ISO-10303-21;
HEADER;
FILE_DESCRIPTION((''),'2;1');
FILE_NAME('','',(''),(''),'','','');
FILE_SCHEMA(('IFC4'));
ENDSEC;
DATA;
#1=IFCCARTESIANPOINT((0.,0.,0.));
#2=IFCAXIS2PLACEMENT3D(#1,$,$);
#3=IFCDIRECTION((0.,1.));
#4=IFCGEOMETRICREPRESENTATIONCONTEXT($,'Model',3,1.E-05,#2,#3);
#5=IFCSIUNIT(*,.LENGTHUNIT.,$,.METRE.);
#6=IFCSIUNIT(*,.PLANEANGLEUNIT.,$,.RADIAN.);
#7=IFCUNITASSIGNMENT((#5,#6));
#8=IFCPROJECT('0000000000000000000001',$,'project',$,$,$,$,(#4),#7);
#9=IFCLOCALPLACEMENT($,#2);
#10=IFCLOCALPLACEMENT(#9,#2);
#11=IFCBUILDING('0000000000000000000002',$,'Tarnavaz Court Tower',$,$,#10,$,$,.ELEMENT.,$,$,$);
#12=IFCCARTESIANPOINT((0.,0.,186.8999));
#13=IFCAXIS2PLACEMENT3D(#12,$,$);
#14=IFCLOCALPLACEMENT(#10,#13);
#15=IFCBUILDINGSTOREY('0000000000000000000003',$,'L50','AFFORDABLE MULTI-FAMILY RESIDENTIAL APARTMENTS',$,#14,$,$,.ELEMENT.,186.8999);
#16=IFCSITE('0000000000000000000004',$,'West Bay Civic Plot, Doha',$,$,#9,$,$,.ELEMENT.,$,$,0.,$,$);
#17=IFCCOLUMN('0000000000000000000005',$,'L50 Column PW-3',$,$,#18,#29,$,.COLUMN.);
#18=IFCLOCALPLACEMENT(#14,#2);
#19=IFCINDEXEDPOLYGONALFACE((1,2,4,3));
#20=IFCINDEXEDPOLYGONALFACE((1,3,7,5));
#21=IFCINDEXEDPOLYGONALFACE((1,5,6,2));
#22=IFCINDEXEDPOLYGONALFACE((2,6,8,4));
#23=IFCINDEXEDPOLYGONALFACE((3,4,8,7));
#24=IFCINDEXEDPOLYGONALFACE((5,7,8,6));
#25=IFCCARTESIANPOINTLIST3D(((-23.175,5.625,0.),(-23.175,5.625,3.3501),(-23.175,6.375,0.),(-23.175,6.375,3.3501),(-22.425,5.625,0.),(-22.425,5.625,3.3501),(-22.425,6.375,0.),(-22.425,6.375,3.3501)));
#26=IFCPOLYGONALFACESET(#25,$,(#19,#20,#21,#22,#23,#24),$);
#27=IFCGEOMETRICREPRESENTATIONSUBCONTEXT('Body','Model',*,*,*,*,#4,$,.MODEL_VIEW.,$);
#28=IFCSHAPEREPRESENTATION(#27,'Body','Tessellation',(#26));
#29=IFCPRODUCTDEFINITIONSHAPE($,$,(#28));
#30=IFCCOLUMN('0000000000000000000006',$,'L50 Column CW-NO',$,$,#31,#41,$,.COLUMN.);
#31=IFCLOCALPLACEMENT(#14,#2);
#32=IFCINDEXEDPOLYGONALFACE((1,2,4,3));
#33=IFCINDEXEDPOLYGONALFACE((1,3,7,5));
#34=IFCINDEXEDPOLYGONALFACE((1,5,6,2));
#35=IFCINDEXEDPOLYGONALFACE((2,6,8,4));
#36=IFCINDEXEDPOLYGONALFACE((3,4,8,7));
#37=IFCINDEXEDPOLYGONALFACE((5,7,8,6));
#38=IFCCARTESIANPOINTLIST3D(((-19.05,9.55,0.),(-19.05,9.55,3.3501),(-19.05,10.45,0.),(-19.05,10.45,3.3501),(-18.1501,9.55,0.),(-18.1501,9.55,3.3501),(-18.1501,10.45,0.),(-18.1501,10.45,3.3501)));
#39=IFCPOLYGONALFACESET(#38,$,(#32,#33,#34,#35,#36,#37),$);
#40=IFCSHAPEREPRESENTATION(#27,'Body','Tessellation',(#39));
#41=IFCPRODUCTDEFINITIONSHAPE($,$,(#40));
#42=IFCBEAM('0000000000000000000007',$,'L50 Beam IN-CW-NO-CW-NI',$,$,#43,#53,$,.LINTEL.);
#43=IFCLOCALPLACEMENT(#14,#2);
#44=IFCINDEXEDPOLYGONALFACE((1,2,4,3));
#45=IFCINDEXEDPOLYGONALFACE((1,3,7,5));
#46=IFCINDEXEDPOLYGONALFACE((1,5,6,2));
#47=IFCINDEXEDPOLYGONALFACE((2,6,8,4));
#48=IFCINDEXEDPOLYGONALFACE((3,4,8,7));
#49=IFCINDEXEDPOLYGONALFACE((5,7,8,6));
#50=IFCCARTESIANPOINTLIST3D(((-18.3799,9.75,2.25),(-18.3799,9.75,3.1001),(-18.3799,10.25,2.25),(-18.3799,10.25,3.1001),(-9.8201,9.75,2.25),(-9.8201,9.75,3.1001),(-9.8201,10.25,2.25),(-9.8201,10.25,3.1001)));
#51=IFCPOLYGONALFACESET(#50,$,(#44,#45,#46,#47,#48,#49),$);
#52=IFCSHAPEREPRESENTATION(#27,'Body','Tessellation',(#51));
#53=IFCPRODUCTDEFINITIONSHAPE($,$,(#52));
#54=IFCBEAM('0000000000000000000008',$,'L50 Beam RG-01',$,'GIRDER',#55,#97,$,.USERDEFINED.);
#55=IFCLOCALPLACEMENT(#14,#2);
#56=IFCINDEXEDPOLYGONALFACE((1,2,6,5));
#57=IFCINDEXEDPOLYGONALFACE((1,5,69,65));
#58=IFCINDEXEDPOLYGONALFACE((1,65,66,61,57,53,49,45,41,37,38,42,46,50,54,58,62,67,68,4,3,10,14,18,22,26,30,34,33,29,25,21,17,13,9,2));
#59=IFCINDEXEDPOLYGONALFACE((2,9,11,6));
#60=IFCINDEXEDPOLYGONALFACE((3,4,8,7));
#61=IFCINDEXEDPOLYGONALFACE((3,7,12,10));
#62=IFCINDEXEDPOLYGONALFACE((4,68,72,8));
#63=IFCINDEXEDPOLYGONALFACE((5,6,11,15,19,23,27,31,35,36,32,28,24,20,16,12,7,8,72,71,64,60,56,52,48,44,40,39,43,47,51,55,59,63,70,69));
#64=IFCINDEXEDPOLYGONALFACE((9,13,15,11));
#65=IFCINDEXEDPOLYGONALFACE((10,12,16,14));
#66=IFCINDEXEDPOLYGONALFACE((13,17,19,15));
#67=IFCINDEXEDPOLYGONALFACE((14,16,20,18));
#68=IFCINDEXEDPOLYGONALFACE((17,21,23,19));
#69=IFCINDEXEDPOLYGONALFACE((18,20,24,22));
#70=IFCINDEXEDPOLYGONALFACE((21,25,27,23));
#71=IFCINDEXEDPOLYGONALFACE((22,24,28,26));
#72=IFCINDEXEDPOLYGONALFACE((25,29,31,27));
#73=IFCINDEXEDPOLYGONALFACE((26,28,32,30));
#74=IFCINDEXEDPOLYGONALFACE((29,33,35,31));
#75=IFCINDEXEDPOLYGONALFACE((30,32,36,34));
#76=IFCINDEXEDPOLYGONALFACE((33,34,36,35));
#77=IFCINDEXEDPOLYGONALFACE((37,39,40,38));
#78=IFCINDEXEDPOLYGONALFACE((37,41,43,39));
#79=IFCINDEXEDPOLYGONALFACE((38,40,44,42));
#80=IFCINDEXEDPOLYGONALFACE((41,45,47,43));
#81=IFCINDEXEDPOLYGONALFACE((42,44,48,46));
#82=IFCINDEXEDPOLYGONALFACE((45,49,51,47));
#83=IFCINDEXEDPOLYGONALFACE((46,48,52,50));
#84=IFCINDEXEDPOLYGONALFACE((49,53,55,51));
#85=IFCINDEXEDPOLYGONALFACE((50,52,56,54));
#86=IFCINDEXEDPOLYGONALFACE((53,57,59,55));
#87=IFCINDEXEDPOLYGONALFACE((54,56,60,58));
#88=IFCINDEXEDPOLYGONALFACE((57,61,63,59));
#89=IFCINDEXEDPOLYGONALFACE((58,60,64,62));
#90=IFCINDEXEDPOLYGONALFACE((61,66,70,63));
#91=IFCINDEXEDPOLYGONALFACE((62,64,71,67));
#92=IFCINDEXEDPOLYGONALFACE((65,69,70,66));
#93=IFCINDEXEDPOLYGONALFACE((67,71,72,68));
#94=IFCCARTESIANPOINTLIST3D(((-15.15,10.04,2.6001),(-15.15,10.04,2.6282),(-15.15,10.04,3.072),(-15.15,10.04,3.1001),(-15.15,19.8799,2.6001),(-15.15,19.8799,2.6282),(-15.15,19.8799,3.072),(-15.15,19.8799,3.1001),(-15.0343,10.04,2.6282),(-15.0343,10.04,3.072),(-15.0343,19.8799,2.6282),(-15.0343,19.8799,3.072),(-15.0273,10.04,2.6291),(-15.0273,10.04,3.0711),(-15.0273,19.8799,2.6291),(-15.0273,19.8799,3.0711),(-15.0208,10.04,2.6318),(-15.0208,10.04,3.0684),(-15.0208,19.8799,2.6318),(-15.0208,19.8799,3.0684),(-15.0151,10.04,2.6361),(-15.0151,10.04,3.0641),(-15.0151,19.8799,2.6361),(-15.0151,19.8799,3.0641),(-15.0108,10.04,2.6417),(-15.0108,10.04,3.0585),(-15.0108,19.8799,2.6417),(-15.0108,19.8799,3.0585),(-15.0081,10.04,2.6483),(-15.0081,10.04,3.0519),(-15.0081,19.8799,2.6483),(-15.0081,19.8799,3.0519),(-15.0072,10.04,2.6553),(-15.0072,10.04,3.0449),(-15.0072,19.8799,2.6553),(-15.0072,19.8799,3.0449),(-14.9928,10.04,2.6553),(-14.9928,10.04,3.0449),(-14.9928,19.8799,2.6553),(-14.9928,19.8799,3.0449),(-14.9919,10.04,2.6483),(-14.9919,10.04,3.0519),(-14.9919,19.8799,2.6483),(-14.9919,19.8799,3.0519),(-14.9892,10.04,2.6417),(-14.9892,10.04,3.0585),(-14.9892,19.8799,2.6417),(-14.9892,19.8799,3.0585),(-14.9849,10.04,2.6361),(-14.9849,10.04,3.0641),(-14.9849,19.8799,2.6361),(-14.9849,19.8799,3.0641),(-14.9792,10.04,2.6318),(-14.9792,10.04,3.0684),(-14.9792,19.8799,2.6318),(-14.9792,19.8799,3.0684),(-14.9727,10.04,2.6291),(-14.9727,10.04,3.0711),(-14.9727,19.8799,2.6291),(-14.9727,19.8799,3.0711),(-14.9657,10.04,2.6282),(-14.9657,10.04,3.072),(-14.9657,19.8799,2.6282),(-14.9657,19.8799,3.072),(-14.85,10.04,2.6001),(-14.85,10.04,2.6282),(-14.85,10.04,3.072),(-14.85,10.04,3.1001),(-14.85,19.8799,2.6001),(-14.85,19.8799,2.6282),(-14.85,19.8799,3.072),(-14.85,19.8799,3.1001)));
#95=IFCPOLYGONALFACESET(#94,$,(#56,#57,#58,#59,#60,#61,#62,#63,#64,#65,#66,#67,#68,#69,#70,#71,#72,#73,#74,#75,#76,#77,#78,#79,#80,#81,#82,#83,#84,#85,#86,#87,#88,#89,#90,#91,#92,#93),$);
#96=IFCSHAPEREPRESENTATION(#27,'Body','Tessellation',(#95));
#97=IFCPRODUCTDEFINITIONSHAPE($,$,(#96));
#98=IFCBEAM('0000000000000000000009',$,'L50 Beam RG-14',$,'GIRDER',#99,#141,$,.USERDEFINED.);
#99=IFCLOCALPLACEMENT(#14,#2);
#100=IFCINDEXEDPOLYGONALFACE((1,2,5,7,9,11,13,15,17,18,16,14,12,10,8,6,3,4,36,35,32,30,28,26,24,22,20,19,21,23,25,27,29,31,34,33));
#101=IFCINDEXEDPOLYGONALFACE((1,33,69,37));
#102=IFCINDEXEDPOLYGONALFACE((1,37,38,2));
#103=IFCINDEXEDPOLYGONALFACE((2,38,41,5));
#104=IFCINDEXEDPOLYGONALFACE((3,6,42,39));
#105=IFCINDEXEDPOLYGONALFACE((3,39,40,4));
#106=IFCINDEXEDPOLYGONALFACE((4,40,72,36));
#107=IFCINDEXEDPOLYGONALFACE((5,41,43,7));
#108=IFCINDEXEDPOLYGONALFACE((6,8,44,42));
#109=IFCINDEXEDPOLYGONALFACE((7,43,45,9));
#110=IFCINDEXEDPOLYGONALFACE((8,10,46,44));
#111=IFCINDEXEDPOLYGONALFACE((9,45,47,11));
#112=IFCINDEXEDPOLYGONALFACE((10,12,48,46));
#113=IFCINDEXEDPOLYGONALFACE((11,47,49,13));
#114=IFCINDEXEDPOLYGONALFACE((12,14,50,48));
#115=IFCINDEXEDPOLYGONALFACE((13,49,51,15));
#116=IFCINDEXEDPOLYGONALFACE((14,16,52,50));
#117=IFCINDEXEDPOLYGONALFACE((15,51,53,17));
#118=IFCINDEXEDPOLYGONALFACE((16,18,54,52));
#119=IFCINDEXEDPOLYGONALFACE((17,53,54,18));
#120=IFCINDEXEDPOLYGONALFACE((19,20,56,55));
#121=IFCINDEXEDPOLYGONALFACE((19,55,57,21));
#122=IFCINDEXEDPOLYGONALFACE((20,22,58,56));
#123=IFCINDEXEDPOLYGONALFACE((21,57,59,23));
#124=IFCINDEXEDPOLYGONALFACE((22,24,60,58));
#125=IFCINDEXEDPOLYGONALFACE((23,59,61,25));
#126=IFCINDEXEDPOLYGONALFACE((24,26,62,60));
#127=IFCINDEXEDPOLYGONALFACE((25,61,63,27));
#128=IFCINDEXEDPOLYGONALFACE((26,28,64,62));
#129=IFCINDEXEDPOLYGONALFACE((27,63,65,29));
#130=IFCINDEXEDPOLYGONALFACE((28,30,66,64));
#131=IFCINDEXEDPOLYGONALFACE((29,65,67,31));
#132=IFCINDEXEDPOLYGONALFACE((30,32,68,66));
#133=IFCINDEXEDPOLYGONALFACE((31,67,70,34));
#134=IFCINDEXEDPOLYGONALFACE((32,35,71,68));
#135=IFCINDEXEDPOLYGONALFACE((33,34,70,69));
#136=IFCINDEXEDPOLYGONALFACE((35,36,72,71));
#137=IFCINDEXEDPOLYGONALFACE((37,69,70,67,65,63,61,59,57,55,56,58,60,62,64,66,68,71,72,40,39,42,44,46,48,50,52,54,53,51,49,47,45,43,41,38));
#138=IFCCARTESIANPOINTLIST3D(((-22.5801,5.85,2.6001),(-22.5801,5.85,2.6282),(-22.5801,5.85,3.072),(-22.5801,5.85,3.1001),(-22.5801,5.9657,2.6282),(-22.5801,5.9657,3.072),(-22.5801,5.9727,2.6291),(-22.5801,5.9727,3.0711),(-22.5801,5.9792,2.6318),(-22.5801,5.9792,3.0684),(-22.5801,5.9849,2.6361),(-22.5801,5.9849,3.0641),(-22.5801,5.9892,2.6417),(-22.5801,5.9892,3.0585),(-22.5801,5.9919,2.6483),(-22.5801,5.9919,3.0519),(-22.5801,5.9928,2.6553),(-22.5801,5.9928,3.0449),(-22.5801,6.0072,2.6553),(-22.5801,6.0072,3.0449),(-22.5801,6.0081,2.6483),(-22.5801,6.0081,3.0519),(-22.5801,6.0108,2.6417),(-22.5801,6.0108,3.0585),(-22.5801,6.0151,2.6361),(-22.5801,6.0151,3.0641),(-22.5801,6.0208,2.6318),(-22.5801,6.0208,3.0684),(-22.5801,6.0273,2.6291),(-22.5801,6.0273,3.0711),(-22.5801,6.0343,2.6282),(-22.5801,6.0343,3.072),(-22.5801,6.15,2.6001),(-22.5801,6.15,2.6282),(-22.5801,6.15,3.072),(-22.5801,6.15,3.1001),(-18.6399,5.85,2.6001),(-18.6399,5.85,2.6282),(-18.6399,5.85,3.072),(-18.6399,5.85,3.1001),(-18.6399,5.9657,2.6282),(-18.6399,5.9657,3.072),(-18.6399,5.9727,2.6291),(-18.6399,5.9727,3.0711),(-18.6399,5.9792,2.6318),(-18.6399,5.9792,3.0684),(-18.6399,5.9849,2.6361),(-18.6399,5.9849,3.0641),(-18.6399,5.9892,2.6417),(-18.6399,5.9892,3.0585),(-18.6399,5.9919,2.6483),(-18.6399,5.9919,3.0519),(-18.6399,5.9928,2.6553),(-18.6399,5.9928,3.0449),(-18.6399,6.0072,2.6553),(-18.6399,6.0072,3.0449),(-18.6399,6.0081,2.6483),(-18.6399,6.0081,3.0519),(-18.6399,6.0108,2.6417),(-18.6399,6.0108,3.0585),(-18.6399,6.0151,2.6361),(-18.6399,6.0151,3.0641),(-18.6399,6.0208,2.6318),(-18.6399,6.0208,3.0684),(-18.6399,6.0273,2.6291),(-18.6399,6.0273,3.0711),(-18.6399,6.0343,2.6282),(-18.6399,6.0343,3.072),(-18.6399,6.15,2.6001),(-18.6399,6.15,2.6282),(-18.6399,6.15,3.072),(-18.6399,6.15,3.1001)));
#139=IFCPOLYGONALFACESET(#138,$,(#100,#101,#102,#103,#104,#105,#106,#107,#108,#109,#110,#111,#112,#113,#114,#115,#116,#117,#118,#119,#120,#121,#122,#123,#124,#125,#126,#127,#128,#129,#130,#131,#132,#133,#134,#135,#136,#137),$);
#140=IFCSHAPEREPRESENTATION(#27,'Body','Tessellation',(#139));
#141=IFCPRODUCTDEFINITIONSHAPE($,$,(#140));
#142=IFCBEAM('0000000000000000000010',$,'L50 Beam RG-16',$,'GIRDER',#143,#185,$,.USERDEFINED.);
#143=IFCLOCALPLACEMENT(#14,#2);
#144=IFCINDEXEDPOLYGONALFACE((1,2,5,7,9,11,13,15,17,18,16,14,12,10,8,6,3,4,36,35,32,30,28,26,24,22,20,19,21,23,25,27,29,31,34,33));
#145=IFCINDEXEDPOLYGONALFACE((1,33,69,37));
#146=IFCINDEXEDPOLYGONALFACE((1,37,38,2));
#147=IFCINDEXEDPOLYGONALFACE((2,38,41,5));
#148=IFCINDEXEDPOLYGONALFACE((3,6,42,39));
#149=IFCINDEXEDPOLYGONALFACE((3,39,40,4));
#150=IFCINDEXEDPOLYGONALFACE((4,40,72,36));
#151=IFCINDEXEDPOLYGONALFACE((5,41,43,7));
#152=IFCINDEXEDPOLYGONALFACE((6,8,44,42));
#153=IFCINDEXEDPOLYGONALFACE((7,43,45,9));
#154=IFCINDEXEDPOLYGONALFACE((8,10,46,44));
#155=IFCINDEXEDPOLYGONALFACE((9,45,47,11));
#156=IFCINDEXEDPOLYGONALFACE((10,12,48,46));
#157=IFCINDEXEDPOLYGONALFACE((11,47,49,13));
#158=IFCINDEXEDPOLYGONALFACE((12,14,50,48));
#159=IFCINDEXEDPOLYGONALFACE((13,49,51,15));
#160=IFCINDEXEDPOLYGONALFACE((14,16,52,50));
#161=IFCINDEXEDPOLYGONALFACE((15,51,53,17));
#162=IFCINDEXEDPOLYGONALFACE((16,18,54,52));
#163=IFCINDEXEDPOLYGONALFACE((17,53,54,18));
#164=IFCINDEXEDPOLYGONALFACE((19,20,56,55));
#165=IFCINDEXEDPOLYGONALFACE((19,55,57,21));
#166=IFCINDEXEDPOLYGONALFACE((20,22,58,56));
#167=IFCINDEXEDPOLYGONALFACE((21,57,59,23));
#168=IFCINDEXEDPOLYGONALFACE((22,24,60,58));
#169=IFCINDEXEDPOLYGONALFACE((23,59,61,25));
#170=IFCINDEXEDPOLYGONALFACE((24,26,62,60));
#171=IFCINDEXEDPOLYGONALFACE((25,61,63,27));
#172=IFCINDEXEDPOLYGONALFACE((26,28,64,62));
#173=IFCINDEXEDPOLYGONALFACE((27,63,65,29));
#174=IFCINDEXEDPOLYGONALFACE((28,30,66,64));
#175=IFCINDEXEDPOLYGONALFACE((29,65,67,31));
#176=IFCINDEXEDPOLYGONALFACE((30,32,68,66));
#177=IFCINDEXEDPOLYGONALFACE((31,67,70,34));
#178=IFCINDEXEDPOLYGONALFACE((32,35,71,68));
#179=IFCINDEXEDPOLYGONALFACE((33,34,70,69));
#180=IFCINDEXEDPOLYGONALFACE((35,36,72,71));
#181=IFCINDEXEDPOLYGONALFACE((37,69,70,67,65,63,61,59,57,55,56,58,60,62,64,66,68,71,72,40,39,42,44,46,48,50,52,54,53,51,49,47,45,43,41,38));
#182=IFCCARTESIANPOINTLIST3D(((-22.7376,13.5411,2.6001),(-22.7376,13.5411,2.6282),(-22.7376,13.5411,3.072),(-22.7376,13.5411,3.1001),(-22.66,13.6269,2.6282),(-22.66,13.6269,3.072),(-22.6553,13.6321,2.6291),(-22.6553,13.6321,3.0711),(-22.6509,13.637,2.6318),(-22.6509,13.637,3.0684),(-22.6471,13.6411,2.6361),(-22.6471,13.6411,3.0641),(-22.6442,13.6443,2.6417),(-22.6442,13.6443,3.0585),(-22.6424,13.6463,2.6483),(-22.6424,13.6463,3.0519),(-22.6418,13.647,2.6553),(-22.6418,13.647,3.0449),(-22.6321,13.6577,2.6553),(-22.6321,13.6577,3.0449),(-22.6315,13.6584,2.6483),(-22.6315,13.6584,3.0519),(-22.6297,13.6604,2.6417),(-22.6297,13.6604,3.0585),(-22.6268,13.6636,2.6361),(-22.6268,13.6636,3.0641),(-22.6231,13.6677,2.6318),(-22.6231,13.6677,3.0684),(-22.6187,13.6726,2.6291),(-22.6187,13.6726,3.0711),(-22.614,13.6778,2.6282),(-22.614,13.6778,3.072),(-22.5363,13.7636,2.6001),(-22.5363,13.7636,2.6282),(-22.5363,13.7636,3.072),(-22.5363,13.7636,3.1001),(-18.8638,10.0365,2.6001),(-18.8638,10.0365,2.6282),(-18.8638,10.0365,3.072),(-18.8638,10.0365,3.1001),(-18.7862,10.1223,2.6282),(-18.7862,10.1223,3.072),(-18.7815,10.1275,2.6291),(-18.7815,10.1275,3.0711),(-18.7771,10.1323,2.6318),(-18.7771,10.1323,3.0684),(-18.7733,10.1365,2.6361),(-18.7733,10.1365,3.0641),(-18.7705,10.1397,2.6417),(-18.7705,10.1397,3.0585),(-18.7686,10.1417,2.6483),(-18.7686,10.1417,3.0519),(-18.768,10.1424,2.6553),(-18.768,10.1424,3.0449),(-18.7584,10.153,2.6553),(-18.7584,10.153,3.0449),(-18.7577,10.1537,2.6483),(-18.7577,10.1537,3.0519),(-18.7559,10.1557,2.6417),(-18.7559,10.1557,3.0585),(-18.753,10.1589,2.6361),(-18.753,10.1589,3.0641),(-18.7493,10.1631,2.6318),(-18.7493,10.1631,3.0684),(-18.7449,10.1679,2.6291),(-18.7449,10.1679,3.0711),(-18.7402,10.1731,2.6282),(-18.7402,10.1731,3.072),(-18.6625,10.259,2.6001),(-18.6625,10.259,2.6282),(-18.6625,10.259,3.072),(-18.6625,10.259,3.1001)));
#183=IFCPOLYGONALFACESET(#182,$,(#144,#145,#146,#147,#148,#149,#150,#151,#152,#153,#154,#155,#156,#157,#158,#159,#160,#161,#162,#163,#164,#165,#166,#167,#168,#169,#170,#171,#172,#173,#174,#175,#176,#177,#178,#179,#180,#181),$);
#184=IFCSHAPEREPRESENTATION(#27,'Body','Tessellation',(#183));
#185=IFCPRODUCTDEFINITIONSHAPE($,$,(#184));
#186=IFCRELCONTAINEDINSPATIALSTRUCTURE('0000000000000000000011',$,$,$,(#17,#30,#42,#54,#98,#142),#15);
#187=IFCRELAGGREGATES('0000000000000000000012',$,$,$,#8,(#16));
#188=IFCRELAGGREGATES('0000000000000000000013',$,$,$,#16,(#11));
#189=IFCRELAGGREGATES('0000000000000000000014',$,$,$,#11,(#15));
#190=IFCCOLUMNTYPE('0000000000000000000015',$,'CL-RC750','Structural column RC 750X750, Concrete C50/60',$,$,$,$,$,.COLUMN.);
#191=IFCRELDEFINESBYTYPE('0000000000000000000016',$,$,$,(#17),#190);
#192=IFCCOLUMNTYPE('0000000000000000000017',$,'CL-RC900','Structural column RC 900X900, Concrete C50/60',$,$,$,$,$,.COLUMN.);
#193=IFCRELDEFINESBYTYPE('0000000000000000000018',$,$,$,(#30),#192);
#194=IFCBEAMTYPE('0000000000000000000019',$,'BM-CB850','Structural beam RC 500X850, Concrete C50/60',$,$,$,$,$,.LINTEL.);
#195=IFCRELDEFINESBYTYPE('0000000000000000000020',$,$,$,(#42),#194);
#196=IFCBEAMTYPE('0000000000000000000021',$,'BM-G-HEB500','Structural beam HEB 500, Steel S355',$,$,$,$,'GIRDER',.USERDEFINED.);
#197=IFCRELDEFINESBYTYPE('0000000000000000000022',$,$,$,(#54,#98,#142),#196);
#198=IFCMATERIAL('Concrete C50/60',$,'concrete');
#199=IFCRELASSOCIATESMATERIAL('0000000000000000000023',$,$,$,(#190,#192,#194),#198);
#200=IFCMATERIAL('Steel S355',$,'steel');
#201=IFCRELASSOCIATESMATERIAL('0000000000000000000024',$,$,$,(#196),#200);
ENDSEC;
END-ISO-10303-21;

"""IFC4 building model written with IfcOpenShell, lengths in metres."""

from ifc_helpers import new_model, si_unit, direction, frame, origin, origin_2d, place, context, subcontext, project, spatial, rectangle, i_section, extrude, material, material_profile, profile_set, type_object, element, save


model = new_model("IFC4")

# Units and contexts
model_context = context("Model", 3, precision=1e-05, world=origin(), true_north=direction((0.0, 1.0)))
body_context = subcontext(model_context, "Body", "Model", "MODEL_VIEW")
ifc_project = project(units=[si_unit("LENGTHUNIT", "METRE"), si_unit("PLANEANGLEUNIT", "RADIAN")], contexts=[model_context])

# Site, building, storey
site_placement = place(None, origin())
site = spatial("IfcSite", under=ifc_project, at=site_placement, Name="West Bay Civic Plot, Doha", CompositionType="ELEMENT", RefElevation=0.0)
building_placement = place(site_placement, origin())
building = spatial("IfcBuilding", under=site, at=building_placement, Name="Tarnavaz Court Tower", CompositionType="ELEMENT")
storey_placement = place(building_placement, frame((0.0, 0.0, 186.8999)))
storey = spatial("IfcBuildingStorey", under=building, at=storey_placement, Name="L50", Description="AFFORDABLE MULTI-FAMILY RESIDENTIAL APARTMENTS", CompositionType="ELEMENT", Elevation=186.8999)

# Columns
ifc_material_1 = material(Name="Concrete C50/60", Category="concrete")
ifc_material_profile_1 = material_profile(ifc_material_1, rectangle(XDim=0.75, YDim=0.75, at=origin_2d()), Name="RC 750X750")
ifc_profile_set_1 = profile_set([ifc_material_profile_1], Name="Concrete C50/60")
column_type_1 = type_object("IfcColumnType", Name="CL-RC750", Description="Structural column RC 750X750, Concrete C50/60", PredefinedType="COLUMN", material=ifc_profile_set_1)
column_1_placement = place(storey_placement, frame((-22.8, 6.0, 0.0), z_axis=(0.0, 0.0, 1.0), x_axis=(1.0, 0.0, 0.0)))
element("IfcColumn", 1, at=column_1_placement, inside=storey, type_object=column_type_1, Name="L50 Column PW-3", PredefinedType="COLUMN", context=body_context, shape_type="SweptSolid", body=[
    extrude(rectangle(XDim=0.75, YDim=0.75, at=origin_2d()), origin(), (0.0, 0.0, 1.0), 3.3501),
])
ifc_material_profile_2 = material_profile(ifc_material_1, rectangle(XDim=0.8999, YDim=0.8999, at=origin_2d()), Name="RC 900X900")
ifc_profile_set_2 = profile_set([ifc_material_profile_2], Name="Concrete C50/60")
column_type_2 = type_object("IfcColumnType", Name="CL-RC900", Description="Structural column RC 900X900, Concrete C50/60", PredefinedType="COLUMN", material=ifc_profile_set_2)
column_2_placement = place(storey_placement, frame((-18.6001, 10.0, 0.0), z_axis=(0.0, 0.0, 1.0), x_axis=(1.0, 0.0, 0.0)))
element("IfcColumn", 2, at=column_2_placement, inside=storey, type_object=column_type_2, Name="L50 Column CW-NO", PredefinedType="COLUMN", context=body_context, shape_type="SweptSolid", body=[
    extrude(rectangle(XDim=0.8999, YDim=0.8999, at=origin_2d()), origin(), (0.0, 0.0, 1.0), 3.3501),
])

# Beams
ifc_material_profile_3 = material_profile(ifc_material_1, rectangle(XDim=0.5, YDim=0.8501, at=origin_2d()), Name="RC 500X850")
ifc_profile_set_3 = profile_set([ifc_material_profile_3], Name="Concrete C50/60")
beam_type_1 = type_object("IfcBeamType", Name="BM-CB850", Description="Structural beam RC 500X850, Concrete C50/60", PredefinedType="LINTEL", material=ifc_profile_set_3)
beam_1_placement = place(storey_placement, frame((-18.3799, 10.0, 2.675), z_axis=(1.0, 0.0, 0.0), x_axis=(0.0, 1.0, 0.0)))
element("IfcBeam", 3, at=beam_1_placement, inside=storey, type_object=beam_type_1, Name="L50 Beam IN-CW-NO-CW-NI", PredefinedType="LINTEL", context=body_context, shape_type="SweptSolid", body=[
    extrude(rectangle(XDim=0.5, YDim=0.8501, at=origin_2d()), origin(), (0.0, 0.0, 1.0), 8.5598),
])
ifc_material_2 = material(Name="Steel S355", Category="steel")
ifc_material_profile_4 = material_profile(ifc_material_2, i_section(OverallWidth=0.3, OverallDepth=0.5, WebThickness=0.0144, FlangeThickness=0.0281, FilletRadius=0.0271, at=origin_2d()), Name="HEB 500")
ifc_profile_set_4 = profile_set([ifc_material_profile_4], Name="Steel S355")
beam_type_2 = type_object("IfcBeamType", Name="BM-G-HEB500", Description="Structural beam HEB 500, Steel S355", ElementType="GIRDER", PredefinedType="USERDEFINED", material=ifc_profile_set_4)
beam_2_placement = place(storey_placement, frame((-15.0, 10.04, 2.8501), z_axis=(0.0, 1.0, 0.0), x_axis=(-1.0, 0.0, 0.0)))
element("IfcBeam", 4, at=beam_2_placement, inside=storey, type_object=beam_type_2, Name="L50 Beam RG-01", ObjectType="GIRDER", PredefinedType="USERDEFINED", context=body_context, shape_type="SweptSolid", body=[
    extrude(i_section(OverallWidth=0.3, OverallDepth=0.5, WebThickness=0.0144, FlangeThickness=0.0281, FilletRadius=0.0271, at=origin_2d()), origin(), (0.0, 0.0, 1.0), 9.8398),
])
beam_3_placement = place(storey_placement, frame((-18.6399, 6.0, 2.8501), z_axis=(-1.0, 0.0, 0.0), x_axis=(0.0, -1.0, 0.0)))
element("IfcBeam", 5, at=beam_3_placement, inside=storey, type_object=beam_type_2, Name="L50 Beam RG-14", ObjectType="GIRDER", PredefinedType="USERDEFINED", context=body_context, shape_type="SweptSolid", body=[
    extrude(i_section(OverallWidth=0.3, OverallDepth=0.5, WebThickness=0.0144, FlangeThickness=0.0281, FilletRadius=0.0271, at=origin_2d()), origin(), (0.0, 0.0, 1.0), 3.9402),
])
beam_4_placement = place(storey_placement, frame((-18.7632, 10.1477, 2.8501), z_axis=(-0.741556, 0.670891, 0.0), x_axis=(-0.670891, -0.741556, 0.0)))
element("IfcBeam", 6, at=beam_4_placement, inside=storey, type_object=beam_type_2, Name="L50 Beam RG-16", ObjectType="GIRDER", PredefinedType="USERDEFINED", context=body_context, shape_type="SweptSolid", body=[
    extrude(i_section(OverallWidth=0.3, OverallDepth=0.5, WebThickness=0.0144, FlangeThickness=0.0281, FilletRadius=0.0271, at=origin_2d()), origin(), (0.0, 0.0, 1.0), 5.2239),
])

save(model, "model.ifc")
